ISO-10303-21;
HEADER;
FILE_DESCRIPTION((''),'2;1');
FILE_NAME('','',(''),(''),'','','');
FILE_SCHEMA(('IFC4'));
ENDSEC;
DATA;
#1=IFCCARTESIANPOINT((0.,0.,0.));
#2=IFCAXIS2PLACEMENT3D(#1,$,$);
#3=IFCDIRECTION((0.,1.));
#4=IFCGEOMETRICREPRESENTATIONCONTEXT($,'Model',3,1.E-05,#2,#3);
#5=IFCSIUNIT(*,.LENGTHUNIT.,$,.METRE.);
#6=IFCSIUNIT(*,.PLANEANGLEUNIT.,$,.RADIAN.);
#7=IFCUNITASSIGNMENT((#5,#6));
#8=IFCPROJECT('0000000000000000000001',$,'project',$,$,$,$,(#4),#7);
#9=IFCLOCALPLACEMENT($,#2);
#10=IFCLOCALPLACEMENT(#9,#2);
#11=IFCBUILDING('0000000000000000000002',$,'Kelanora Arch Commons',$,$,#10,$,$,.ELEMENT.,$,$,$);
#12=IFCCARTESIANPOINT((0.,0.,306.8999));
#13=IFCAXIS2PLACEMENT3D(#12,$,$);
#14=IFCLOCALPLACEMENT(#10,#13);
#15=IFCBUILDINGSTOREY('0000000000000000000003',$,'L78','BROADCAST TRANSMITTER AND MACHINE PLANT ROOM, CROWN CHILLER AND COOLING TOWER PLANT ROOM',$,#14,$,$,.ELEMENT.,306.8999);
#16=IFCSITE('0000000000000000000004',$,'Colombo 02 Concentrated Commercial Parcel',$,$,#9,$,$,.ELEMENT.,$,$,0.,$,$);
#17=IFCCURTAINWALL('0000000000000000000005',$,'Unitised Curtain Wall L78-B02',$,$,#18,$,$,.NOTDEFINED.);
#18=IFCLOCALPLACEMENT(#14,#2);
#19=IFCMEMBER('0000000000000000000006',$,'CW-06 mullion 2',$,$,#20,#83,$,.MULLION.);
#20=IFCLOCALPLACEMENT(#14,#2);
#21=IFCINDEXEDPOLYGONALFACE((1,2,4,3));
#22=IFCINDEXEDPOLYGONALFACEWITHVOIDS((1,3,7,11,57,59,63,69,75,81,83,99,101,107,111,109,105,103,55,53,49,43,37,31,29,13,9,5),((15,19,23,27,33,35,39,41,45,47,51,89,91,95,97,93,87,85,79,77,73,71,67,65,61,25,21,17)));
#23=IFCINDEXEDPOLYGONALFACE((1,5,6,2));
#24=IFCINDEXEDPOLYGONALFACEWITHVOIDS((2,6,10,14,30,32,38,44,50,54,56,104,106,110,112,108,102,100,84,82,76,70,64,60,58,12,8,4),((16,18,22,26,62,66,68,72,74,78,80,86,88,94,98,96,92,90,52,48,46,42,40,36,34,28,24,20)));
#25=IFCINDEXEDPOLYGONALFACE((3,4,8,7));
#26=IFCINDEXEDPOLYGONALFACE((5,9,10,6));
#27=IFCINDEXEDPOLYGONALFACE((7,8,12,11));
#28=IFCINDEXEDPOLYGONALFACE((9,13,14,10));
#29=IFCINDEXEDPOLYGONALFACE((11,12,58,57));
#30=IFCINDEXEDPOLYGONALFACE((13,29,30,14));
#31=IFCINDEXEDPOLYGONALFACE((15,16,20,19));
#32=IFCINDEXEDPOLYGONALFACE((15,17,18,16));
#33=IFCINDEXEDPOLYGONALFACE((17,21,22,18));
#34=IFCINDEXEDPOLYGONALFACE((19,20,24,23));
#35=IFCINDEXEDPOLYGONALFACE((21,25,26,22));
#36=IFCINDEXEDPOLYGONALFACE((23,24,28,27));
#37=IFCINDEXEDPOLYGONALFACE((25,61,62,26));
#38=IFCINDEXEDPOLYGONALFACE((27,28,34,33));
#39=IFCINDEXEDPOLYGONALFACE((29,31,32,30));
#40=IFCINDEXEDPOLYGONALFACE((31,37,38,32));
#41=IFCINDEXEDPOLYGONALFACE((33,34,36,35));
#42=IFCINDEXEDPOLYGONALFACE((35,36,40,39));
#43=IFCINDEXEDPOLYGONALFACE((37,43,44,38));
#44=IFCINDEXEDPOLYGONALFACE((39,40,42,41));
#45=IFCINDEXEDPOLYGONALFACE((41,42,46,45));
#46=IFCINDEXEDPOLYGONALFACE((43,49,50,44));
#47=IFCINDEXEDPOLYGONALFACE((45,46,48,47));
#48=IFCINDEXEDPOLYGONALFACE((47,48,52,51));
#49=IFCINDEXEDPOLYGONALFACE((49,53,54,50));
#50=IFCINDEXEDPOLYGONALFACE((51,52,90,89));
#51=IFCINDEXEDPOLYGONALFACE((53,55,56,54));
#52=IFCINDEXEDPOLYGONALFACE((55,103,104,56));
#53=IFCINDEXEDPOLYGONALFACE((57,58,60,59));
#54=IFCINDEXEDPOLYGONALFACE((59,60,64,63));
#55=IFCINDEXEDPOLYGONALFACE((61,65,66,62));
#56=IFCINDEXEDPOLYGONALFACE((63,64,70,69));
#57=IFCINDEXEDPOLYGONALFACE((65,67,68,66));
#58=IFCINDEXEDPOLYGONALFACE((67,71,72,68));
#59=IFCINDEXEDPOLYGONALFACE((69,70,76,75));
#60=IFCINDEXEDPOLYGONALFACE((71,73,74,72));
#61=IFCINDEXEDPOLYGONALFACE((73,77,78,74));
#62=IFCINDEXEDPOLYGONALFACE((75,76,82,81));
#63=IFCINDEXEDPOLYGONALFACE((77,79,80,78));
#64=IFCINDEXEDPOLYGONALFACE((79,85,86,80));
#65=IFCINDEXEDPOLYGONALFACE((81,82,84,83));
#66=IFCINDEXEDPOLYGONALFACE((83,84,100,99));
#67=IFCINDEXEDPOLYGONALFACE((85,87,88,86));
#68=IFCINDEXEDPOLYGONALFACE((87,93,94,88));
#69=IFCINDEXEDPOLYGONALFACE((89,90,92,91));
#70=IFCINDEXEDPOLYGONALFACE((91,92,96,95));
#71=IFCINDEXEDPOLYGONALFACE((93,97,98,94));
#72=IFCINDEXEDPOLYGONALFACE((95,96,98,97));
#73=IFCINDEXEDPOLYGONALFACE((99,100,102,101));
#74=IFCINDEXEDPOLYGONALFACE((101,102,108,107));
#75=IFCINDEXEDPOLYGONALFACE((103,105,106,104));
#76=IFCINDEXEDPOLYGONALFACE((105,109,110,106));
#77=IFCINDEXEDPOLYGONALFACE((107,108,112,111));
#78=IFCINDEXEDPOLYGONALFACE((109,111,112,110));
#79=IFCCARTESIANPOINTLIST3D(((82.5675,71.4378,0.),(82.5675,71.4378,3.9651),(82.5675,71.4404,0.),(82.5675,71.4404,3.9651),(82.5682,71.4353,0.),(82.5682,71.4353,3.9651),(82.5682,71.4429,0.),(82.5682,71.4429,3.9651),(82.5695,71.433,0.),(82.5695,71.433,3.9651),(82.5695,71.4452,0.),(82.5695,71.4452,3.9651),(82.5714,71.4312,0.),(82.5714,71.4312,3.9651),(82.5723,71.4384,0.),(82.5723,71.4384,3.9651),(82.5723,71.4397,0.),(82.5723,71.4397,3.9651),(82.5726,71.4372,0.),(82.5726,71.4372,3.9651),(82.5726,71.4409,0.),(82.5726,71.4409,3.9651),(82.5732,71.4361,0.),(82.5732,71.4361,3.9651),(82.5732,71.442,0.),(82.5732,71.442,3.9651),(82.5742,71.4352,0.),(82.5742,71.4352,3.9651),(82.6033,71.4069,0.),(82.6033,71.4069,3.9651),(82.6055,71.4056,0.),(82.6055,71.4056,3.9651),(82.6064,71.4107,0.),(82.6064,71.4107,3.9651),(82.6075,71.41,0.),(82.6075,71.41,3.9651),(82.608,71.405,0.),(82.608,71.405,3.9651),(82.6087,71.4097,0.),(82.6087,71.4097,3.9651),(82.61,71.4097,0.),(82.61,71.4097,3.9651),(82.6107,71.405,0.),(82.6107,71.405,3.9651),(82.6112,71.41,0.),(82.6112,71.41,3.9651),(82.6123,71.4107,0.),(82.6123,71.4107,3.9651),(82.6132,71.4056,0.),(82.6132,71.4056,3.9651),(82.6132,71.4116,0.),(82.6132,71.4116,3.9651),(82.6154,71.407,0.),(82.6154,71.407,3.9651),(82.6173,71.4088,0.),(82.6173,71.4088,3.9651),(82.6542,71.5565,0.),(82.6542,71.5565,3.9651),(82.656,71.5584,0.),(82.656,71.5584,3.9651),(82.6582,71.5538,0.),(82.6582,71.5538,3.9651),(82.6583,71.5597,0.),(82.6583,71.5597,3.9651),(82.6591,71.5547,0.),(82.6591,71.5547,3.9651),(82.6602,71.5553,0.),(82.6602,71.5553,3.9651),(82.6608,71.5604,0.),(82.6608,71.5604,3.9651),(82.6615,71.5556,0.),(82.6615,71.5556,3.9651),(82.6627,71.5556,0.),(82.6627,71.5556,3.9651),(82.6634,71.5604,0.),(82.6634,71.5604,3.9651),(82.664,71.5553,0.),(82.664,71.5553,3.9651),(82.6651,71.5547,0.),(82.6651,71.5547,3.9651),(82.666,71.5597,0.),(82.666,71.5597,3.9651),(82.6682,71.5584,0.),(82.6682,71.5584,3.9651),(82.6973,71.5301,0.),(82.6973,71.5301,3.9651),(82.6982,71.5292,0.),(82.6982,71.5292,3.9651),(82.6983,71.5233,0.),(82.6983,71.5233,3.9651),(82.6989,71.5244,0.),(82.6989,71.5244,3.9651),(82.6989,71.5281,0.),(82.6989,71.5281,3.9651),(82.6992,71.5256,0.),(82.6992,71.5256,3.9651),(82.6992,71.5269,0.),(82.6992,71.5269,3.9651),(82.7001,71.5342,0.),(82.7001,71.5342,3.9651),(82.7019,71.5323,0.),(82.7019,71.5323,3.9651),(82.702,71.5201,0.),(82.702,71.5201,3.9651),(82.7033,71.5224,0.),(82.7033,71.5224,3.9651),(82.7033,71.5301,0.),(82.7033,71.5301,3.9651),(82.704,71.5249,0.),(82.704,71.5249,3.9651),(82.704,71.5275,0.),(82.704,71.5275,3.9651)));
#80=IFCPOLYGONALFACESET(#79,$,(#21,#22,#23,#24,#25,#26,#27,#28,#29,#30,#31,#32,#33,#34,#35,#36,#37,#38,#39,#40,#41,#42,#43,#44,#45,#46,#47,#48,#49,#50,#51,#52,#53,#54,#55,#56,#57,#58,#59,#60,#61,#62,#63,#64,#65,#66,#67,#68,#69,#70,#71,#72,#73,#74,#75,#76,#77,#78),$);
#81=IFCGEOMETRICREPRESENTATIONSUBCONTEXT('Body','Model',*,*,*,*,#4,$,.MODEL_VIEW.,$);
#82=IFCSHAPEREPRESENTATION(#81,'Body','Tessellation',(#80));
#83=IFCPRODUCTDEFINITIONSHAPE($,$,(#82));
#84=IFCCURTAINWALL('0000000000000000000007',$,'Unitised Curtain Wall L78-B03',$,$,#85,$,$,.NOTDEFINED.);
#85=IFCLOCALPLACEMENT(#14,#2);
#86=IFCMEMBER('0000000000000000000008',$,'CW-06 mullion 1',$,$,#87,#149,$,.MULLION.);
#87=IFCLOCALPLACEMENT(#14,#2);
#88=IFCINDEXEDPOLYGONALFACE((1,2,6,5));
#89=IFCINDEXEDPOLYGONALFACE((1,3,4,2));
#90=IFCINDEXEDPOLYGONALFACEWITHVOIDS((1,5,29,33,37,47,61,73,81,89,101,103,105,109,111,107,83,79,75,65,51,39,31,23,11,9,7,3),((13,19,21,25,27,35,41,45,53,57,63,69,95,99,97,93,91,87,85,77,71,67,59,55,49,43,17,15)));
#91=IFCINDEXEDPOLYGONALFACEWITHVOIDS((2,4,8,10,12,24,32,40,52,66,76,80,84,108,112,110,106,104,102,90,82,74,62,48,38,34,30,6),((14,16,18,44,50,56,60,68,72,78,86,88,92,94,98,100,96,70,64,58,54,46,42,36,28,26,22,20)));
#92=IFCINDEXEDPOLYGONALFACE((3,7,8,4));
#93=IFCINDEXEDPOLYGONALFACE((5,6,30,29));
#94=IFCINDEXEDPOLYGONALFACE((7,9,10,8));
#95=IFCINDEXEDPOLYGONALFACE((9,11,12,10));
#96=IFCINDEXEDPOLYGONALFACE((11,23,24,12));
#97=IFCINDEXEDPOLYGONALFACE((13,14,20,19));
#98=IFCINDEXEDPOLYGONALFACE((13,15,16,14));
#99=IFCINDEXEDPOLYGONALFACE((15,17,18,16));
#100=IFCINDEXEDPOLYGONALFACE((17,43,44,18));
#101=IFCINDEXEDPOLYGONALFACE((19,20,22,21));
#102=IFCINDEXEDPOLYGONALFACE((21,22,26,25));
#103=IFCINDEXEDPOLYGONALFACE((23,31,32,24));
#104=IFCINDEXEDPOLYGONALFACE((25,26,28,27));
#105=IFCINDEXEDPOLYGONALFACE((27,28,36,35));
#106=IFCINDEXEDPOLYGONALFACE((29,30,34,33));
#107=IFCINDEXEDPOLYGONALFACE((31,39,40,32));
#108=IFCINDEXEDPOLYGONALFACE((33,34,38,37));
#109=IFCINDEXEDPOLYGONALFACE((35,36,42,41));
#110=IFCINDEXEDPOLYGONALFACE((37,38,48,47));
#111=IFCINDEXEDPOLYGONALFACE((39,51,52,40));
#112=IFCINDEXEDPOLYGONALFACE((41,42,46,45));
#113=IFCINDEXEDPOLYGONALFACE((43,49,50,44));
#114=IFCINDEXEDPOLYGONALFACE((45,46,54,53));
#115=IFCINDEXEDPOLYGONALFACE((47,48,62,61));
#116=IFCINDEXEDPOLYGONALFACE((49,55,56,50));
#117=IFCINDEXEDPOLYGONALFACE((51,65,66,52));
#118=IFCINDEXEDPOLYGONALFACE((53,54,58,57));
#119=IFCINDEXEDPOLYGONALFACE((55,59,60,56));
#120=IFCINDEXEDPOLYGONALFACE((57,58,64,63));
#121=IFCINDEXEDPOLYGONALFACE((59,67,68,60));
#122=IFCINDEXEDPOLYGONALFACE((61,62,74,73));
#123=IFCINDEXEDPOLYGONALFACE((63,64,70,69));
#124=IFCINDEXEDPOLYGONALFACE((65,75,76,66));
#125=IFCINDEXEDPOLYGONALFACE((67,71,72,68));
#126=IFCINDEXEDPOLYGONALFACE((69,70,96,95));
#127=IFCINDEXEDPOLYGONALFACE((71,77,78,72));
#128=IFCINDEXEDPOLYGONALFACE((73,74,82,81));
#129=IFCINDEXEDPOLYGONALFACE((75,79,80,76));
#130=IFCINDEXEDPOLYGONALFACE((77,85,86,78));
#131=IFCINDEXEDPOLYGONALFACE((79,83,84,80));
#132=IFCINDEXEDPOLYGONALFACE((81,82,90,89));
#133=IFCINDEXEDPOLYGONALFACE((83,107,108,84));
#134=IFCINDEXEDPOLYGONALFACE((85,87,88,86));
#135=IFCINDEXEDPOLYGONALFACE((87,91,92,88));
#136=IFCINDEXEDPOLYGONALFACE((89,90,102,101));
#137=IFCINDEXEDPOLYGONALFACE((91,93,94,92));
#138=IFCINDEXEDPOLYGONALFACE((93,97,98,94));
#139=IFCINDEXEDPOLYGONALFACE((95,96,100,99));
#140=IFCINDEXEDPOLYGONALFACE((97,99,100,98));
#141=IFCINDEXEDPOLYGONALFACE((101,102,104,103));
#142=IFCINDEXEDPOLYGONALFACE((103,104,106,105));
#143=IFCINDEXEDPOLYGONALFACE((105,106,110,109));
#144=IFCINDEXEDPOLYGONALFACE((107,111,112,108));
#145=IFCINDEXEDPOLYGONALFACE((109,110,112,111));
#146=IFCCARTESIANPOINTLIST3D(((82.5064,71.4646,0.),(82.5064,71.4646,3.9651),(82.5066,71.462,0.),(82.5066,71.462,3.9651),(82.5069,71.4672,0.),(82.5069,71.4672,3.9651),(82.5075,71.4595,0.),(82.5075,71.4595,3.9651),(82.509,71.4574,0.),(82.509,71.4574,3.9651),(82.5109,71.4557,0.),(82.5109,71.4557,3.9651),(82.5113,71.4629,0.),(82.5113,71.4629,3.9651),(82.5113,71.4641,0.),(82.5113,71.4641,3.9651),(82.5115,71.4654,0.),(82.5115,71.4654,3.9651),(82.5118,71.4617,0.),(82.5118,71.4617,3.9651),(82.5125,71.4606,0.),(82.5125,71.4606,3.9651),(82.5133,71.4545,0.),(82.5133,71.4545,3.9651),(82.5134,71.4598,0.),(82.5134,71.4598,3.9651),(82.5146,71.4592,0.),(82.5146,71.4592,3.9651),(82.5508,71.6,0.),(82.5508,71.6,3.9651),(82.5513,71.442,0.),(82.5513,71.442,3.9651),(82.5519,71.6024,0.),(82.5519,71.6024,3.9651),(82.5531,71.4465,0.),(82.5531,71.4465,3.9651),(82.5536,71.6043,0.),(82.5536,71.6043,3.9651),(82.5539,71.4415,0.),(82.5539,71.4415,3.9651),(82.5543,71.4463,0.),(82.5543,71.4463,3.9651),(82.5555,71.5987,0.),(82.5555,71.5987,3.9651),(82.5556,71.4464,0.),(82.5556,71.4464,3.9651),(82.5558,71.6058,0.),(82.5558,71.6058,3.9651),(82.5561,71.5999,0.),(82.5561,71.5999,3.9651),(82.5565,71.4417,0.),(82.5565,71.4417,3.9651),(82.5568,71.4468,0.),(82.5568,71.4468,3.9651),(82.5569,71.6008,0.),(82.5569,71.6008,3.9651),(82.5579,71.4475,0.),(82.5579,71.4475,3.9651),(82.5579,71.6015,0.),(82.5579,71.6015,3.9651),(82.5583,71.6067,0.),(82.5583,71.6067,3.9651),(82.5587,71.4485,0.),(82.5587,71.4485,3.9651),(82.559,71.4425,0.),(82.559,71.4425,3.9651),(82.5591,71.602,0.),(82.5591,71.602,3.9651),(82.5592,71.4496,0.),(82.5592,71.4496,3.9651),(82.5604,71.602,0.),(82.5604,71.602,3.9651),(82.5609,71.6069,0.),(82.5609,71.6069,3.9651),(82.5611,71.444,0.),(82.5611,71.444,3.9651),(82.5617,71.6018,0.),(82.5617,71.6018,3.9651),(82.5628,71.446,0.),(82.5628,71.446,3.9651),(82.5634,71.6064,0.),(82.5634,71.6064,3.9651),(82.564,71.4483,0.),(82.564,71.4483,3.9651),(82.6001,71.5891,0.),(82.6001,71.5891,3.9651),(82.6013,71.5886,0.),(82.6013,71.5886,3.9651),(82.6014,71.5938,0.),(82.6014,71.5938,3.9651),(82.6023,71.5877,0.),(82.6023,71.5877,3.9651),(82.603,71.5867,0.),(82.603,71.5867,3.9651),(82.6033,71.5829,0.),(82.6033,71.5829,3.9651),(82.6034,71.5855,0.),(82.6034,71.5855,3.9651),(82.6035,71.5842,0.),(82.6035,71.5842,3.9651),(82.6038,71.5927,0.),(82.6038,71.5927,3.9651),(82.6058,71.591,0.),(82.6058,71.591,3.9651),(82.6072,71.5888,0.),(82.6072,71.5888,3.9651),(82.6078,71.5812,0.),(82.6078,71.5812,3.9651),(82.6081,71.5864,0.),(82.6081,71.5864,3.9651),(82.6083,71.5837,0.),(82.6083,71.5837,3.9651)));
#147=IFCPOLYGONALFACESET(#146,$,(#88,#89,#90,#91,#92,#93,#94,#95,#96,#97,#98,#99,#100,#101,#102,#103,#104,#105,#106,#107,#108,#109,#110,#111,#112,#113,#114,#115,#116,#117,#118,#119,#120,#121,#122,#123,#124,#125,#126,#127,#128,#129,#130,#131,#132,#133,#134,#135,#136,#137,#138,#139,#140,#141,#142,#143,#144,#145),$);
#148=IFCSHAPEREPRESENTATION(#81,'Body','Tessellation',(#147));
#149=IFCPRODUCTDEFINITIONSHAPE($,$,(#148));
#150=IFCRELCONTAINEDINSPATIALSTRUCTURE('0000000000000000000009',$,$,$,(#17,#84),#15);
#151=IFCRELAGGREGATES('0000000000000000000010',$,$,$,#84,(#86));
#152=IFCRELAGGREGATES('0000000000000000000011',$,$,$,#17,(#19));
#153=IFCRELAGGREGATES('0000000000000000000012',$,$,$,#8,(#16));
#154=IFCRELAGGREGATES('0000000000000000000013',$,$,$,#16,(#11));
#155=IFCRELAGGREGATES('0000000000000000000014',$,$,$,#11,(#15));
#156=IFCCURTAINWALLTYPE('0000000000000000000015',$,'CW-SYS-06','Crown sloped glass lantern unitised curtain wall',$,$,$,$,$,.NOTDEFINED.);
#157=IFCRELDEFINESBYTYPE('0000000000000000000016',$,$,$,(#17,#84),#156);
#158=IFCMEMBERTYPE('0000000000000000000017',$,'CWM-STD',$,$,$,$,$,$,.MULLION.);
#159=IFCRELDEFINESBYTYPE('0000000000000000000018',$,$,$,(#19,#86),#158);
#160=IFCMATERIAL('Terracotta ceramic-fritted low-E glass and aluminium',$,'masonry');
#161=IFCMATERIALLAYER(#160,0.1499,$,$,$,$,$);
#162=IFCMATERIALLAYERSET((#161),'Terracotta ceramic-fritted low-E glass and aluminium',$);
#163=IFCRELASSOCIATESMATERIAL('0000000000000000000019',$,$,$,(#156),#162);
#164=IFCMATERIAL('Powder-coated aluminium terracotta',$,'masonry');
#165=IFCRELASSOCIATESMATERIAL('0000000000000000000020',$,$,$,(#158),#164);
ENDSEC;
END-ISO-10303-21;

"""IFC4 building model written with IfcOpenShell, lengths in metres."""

from ifc_helpers import new_model, si_unit, direction, frame, origin, origin_2d, place, context, subcontext, project, spatial, hollow_rectangle, extrude, material, layer, layer_set, material_profile, profile_set, type_object, element, aggregate, save


model = new_model("IFC4")

# Units and contexts
model_context = context("Model", 3, precision=1e-05, world=origin(), true_north=direction((0.0, 1.0)))
body_context = subcontext(model_context, "Body", "Model", "MODEL_VIEW")
ifc_project = project(units=[si_unit("LENGTHUNIT", "METRE"), si_unit("PLANEANGLEUNIT", "RADIAN")], contexts=[model_context])

# Site, building, storey
site_placement = place(None, origin())
site = spatial("IfcSite", under=ifc_project, at=site_placement, Name="Colombo 02 Concentrated Commercial Parcel", CompositionType="ELEMENT", RefElevation=0.0)
building_placement = place(site_placement, origin())
building = spatial("IfcBuilding", under=site, at=building_placement, Name="Kelanora Arch Commons", CompositionType="ELEMENT")
storey_placement = place(building_placement, frame((0.0, 0.0, 306.8999)))
storey = spatial("IfcBuildingStorey", under=building, at=storey_placement, Name="L78", Description="BROADCAST TRANSMITTER AND MACHINE PLANT ROOM, CROWN CHILLER AND COOLING TOWER PLANT ROOM", CompositionType="ELEMENT", Elevation=306.8999)

# Shared definitions
ifc_material_1 = material(Name="Terracotta ceramic-fritted low-E glass and aluminium", Category="masonry")
ifc_layer_1 = layer(ifc_material_1, 0.1499)
ifc_layer_set_1 = layer_set([ifc_layer_1], Name="Terracotta ceramic-fritted low-E glass and aluminium")
curtain_wall_type = type_object("IfcCurtainWallType", Name="CW-SYS-06", Description="Crown sloped glass lantern unitised curtain wall", PredefinedType="NOTDEFINED", material=ifc_layer_set_1)
ifc_material_2 = material(Name="Powder-coated aluminium terracotta", Category="masonry")
ifc_material_profile_1 = material_profile(ifc_material_2, hollow_rectangle(XDim=0.1599, YDim=0.0601, WallThickness=0.0049, InnerFilletRadius=0.0049, OuterFilletRadius=0.01, at=origin_2d()), Name="CWM160x60")
ifc_profile_set_1 = profile_set([ifc_material_profile_1], Name="Powder-coated aluminium terracotta")
member_type_1 = type_object("IfcMemberType", Name="CWM-STD", PredefinedType="MULLION", material=ifc_profile_set_1)

# Curtain wall, member
curtain_wall_1_placement = place(storey_placement, origin())
curtain_wall_1 = element("IfcCurtainWall", 1, at=curtain_wall_1_placement, inside=storey, type_object=curtain_wall_type, Name="Unitised Curtain Wall L78-B02", PredefinedType="NOTDEFINED")
member_1_placement = place(storey_placement, frame((82.6357, 71.4827, 0.0), z_axis=(0.0, 0.0, 1.0), x_axis=(-0.605596, -0.795772, 0.0)))
member_1 = element("IfcMember", 2, at=member_1_placement, type_object=member_type_1, Name="CW-06 mullion 2", PredefinedType="MULLION", context=body_context, shape_type="SweptSolid", body=[
    extrude(hollow_rectangle(XDim=0.1599, YDim=0.0601, WallThickness=0.0049, InnerFilletRadius=0.0049, OuterFilletRadius=0.01, at=origin_2d()), origin(), (0.0, 0.0, 1.0), 3.9651),
])

# Curtain wall, member
curtain_wall_2_placement = place(storey_placement, origin())
curtain_wall_2 = element("IfcCurtainWall", 3, at=curtain_wall_2_placement, inside=storey, type_object=curtain_wall_type, Name="Unitised Curtain Wall L78-B03", PredefinedType="NOTDEFINED")
member_2_placement = place(storey_placement, frame((82.5574, 71.5242, 0.0), z_axis=(0.0, 0.0, 1.0), x_axis=(-0.313467, -0.949599, 0.0)))
member_2 = element("IfcMember", 4, at=member_2_placement, type_object=member_type_1, Name="CW-06 mullion 1", PredefinedType="MULLION", context=body_context, shape_type="SweptSolid", body=[
    extrude(hollow_rectangle(XDim=0.1599, YDim=0.0601, WallThickness=0.0049, InnerFilletRadius=0.0049, OuterFilletRadius=0.01, at=origin_2d()), origin(), (0.0, 0.0, 1.0), 3.9651),
])

aggregate(curtain_wall_2, [member_2])

aggregate(curtain_wall_1, [member_1])

save(model, "model.ifc")
